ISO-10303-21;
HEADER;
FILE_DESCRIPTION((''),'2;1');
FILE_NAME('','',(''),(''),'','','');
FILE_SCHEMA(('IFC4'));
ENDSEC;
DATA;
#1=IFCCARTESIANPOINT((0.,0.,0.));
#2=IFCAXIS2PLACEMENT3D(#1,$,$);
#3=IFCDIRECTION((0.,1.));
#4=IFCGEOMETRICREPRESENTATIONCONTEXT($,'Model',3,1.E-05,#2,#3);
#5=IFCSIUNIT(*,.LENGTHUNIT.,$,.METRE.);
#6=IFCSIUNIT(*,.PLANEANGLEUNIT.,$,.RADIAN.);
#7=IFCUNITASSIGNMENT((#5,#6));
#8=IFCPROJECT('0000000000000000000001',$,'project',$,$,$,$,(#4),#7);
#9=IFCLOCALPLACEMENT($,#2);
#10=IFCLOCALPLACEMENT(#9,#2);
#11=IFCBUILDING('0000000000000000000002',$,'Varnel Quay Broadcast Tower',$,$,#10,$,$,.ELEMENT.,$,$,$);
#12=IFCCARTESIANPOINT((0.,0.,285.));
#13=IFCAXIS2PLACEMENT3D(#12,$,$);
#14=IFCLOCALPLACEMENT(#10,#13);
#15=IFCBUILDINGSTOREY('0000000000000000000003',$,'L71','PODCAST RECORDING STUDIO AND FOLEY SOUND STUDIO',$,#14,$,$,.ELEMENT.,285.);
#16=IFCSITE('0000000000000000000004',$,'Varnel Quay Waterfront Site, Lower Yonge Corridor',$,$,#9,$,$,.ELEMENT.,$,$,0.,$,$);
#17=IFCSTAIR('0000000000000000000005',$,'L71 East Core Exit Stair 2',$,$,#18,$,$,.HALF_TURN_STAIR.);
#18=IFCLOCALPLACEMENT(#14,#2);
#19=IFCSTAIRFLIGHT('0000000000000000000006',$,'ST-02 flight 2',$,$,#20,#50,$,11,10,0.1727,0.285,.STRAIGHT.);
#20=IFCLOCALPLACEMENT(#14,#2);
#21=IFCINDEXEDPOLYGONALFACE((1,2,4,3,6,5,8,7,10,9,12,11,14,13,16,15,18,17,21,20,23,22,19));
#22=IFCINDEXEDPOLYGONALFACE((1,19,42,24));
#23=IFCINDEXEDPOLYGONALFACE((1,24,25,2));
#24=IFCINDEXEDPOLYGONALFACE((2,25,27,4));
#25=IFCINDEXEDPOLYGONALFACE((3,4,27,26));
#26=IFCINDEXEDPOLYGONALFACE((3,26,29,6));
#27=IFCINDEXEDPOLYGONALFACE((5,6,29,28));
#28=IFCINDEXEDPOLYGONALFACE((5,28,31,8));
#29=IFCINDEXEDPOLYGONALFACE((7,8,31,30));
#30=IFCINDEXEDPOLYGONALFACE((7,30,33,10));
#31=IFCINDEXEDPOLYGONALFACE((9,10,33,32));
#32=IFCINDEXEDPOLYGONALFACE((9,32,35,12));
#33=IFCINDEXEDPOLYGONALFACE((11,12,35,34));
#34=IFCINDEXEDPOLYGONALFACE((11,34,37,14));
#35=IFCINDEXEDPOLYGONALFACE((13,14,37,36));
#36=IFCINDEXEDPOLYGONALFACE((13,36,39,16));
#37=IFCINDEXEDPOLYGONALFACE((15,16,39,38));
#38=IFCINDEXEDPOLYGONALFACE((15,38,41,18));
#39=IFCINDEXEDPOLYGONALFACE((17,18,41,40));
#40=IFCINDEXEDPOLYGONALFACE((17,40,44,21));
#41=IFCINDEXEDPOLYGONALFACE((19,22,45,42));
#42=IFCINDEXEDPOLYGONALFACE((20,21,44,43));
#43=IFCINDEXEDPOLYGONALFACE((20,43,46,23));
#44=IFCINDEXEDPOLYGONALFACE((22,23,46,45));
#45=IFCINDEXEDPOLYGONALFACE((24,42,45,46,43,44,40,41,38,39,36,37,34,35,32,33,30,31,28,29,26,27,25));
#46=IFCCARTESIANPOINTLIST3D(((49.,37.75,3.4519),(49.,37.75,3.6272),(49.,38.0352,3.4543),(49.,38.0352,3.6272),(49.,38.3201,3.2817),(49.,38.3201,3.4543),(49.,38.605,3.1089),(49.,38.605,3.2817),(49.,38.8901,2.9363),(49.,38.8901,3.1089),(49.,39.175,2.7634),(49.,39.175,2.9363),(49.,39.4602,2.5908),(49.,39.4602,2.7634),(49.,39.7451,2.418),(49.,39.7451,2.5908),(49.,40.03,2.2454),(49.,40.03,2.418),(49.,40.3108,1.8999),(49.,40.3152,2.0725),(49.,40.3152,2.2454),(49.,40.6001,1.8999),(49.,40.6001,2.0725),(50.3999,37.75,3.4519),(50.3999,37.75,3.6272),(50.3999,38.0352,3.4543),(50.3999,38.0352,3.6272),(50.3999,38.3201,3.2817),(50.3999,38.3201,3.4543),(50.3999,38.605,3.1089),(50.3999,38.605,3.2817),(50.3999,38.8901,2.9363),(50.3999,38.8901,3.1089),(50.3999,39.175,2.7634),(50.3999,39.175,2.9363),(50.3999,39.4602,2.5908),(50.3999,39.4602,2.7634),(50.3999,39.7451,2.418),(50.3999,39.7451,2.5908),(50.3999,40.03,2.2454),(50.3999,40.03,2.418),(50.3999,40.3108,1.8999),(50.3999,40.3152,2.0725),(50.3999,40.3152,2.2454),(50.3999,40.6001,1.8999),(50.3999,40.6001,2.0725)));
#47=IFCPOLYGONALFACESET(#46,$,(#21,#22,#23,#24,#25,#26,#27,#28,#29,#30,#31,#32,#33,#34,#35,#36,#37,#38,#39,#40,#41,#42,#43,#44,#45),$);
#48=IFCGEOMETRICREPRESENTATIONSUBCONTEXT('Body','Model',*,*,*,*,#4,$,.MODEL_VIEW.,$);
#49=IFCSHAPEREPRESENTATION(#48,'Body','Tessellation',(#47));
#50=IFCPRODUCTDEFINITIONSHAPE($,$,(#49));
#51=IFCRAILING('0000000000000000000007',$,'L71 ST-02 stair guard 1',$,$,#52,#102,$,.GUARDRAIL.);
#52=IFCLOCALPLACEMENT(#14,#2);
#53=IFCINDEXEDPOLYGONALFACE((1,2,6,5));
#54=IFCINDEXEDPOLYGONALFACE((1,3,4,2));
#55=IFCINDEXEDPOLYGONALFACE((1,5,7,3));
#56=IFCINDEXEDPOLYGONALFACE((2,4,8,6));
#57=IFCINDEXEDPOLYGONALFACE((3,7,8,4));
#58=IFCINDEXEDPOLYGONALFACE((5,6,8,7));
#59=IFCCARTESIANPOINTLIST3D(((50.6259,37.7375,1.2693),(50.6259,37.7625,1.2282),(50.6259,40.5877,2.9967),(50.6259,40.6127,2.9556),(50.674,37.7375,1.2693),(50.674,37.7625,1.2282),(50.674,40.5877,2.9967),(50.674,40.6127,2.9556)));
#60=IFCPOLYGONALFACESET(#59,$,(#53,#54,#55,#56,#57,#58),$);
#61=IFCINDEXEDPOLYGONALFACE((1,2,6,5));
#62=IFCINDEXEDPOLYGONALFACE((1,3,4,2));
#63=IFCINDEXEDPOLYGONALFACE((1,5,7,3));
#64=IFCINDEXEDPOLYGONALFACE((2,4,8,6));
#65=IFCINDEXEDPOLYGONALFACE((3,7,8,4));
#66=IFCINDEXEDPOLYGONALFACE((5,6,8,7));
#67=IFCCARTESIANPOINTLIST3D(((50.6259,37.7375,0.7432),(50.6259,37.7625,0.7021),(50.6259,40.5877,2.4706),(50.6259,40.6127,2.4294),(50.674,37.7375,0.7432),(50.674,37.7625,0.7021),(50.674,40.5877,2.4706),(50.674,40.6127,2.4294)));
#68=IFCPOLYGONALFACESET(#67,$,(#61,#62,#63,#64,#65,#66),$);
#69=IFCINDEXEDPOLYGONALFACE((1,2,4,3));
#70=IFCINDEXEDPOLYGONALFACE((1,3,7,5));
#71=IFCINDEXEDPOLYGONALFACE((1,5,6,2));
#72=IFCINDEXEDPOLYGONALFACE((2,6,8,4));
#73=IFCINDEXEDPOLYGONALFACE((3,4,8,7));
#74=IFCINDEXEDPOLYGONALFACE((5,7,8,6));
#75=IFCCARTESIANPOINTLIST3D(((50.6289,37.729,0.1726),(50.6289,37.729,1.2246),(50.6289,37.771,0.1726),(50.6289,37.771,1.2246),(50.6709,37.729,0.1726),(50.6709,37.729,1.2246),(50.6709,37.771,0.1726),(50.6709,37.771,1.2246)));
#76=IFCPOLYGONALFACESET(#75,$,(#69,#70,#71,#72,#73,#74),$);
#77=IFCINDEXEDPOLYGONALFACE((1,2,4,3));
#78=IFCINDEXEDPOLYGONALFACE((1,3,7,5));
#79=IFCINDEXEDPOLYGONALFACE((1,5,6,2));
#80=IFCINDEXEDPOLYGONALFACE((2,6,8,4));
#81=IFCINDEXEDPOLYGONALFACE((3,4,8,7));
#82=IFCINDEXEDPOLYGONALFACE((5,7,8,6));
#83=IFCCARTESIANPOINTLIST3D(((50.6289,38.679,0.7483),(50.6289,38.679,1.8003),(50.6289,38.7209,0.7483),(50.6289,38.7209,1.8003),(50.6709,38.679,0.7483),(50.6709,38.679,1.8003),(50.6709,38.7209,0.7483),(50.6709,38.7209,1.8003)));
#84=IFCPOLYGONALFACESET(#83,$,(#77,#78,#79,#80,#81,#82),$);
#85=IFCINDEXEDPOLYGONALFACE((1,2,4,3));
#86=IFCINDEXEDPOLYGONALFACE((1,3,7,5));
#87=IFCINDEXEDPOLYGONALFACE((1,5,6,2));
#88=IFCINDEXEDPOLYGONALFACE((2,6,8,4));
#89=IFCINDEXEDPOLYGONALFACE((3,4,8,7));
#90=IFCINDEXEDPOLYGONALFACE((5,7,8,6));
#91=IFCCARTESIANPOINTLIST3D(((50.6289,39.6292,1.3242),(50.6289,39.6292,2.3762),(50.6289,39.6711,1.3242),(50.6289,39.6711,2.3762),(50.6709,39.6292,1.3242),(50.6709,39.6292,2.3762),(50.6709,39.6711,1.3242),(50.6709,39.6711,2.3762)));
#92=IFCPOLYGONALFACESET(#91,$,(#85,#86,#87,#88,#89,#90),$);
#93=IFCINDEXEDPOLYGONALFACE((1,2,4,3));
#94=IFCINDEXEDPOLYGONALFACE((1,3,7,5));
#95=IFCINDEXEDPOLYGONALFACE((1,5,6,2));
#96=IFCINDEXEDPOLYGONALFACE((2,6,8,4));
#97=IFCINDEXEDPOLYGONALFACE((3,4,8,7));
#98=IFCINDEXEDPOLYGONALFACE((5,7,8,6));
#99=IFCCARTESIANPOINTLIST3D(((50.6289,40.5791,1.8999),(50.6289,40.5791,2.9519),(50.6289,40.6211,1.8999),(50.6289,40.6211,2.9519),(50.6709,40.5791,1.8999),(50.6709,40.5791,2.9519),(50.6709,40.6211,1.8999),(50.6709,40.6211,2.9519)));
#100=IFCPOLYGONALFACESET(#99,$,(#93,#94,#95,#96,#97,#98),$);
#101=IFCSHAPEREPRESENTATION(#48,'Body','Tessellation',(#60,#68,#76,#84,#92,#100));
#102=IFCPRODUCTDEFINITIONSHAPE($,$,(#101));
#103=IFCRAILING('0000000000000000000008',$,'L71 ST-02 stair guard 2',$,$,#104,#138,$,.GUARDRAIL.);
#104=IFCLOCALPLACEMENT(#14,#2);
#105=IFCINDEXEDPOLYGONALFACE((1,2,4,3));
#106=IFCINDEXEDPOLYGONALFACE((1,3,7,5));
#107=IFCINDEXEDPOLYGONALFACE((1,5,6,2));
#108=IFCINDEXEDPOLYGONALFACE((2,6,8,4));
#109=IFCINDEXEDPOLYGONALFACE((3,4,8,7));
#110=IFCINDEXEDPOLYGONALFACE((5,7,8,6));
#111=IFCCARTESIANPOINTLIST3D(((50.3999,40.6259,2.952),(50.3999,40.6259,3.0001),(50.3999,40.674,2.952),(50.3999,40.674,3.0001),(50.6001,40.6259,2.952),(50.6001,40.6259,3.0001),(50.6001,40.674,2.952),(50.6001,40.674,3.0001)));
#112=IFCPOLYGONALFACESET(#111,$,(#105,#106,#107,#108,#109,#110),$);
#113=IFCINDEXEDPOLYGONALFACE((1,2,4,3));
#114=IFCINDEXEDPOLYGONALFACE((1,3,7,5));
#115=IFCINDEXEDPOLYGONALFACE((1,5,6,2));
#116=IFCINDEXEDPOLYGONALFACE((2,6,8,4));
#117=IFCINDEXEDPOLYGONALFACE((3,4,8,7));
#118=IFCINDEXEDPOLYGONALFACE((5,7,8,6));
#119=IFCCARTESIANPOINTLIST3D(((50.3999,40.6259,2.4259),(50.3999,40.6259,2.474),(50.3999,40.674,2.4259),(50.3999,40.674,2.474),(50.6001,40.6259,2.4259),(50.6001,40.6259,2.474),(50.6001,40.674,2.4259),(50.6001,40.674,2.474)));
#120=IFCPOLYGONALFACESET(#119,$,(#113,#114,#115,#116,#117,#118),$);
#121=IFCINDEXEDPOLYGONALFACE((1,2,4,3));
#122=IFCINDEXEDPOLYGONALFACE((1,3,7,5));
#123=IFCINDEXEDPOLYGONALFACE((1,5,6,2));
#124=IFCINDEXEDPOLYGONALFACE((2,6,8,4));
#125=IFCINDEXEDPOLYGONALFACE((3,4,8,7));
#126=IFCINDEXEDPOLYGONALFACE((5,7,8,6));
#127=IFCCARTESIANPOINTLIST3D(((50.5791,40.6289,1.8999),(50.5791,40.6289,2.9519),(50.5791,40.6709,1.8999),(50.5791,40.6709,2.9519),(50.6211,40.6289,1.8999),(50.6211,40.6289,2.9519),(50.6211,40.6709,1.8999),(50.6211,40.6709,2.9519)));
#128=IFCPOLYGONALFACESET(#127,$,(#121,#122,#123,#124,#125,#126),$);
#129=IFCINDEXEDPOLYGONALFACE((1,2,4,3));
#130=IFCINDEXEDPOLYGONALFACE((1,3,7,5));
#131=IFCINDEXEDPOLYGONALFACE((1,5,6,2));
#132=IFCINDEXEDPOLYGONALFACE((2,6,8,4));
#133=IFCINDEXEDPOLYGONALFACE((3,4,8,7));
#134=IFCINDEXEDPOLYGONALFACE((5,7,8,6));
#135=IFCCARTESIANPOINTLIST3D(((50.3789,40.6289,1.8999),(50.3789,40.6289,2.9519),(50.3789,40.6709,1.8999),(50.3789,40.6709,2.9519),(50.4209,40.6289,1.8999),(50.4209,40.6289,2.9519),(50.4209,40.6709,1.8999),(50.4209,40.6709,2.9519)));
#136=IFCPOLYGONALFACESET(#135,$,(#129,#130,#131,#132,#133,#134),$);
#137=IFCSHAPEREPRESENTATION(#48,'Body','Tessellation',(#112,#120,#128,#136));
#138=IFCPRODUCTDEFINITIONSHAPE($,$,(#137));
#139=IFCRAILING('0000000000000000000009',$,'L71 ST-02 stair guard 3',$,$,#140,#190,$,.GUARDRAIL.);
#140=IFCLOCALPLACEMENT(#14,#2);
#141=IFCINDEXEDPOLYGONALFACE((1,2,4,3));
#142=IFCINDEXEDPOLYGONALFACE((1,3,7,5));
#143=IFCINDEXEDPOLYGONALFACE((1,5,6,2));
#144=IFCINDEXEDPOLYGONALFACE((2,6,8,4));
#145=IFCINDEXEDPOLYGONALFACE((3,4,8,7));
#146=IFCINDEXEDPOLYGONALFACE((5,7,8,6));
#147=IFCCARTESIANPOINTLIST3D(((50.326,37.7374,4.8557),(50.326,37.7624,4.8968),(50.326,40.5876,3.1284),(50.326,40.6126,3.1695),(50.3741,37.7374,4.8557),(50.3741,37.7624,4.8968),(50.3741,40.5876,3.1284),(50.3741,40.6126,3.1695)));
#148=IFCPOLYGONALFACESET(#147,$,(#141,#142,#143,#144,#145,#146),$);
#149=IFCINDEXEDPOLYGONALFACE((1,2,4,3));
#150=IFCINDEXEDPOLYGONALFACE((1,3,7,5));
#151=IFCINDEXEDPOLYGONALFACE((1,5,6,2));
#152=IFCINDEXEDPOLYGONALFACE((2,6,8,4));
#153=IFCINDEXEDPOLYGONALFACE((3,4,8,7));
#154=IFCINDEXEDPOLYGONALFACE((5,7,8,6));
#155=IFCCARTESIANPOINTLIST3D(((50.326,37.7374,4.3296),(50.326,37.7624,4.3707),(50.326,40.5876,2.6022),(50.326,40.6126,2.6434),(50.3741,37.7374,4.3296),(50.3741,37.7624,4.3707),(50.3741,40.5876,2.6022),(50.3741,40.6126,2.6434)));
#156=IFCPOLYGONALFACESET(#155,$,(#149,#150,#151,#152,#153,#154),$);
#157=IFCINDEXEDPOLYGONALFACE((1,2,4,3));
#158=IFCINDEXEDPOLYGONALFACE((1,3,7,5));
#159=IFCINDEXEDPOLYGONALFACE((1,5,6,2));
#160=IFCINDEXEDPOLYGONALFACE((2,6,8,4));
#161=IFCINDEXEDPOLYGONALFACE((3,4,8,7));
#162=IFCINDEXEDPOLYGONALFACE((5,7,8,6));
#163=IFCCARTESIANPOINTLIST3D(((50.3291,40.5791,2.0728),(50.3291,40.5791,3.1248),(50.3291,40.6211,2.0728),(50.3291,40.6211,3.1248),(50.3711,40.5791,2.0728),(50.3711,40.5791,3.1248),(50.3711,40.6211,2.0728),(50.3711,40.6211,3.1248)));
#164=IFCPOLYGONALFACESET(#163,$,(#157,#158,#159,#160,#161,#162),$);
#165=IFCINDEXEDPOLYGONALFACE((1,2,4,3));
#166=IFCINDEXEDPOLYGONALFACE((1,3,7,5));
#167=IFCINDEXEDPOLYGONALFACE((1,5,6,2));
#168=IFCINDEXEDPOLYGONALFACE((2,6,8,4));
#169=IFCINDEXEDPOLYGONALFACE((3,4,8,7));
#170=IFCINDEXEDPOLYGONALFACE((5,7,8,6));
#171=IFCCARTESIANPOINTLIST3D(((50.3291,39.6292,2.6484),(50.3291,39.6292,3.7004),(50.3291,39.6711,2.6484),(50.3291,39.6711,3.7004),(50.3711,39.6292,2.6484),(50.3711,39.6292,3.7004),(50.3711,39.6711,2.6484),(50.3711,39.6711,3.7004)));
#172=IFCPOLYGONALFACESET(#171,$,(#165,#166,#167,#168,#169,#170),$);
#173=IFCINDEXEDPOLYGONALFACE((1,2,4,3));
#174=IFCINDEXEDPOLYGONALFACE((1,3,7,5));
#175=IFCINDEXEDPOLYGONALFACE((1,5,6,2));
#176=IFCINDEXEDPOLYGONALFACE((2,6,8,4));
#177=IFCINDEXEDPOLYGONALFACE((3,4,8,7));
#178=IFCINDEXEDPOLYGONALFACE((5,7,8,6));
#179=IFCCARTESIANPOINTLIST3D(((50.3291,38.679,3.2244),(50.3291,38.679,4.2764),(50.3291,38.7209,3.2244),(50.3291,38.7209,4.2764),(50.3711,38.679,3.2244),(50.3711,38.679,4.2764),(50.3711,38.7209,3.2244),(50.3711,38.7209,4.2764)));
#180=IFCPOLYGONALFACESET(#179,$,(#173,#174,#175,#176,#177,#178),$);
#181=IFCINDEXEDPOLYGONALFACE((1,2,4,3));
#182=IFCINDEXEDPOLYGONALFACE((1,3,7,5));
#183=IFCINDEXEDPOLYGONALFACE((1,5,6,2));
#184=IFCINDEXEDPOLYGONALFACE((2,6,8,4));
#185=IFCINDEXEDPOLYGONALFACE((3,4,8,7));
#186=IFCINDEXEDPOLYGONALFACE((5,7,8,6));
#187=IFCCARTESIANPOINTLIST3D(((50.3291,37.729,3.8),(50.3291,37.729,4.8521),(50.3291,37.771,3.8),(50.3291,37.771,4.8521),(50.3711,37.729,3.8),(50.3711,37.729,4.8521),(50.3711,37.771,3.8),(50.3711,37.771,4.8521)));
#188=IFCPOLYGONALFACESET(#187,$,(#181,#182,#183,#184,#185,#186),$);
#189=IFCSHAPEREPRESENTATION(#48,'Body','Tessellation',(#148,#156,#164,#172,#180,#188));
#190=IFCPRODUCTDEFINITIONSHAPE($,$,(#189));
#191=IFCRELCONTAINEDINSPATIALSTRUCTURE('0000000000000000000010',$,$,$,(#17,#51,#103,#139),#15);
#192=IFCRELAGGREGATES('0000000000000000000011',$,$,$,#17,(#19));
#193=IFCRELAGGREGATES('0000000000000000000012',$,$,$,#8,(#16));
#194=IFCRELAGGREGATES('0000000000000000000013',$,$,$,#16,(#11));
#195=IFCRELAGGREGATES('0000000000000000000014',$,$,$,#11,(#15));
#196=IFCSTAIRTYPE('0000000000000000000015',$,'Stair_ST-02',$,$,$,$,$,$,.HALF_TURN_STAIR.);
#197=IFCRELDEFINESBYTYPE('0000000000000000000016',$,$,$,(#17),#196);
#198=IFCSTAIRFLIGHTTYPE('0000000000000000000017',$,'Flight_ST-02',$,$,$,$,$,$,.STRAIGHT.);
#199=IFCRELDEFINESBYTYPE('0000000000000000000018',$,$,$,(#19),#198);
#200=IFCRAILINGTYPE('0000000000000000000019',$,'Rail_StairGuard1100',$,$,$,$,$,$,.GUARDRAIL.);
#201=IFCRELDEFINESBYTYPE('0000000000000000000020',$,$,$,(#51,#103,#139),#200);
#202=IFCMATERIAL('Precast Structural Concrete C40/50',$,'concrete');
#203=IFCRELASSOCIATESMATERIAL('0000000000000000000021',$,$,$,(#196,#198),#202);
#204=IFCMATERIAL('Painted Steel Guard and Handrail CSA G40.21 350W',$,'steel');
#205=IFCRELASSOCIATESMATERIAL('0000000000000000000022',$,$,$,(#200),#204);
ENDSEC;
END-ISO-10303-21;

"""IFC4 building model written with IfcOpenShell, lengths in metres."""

from ifc_helpers import new_model, si_unit, direction, frame, origin, origin_2d, place, context, subcontext, project, spatial, polyline, rectangle, outline, extrude, material, type_object, element, aggregate, save


model = new_model("IFC4")

# Units and contexts
model_context = context("Model", 3, precision=1e-05, world=origin(), true_north=direction((0.0, 1.0)))
body_context = subcontext(model_context, "Body", "Model", "MODEL_VIEW")
ifc_project = project(units=[si_unit("LENGTHUNIT", "METRE"), si_unit("PLANEANGLEUNIT", "RADIAN")], contexts=[model_context])

# Site, building, storey
site_placement = place(None, origin())
site = spatial("IfcSite", under=ifc_project, at=site_placement, Name="Varnel Quay Waterfront Site, Lower Yonge Corridor", CompositionType="ELEMENT", RefElevation=0.0)
building_placement = place(site_placement, origin())
building = spatial("IfcBuilding", under=site, at=building_placement, Name="Varnel Quay Broadcast Tower", CompositionType="ELEMENT")
storey_placement = place(building_placement, frame((0.0, 0.0, 285.0)))
storey = spatial("IfcBuildingStorey", under=building, at=storey_placement, Name="L71", Description="PODCAST RECORDING STUDIO AND FOLEY SOUND STUDIO", CompositionType="ELEMENT", Elevation=285.0)

# Stair, stair flight
ifc_material_1 = material(Name="Precast Structural Concrete C40/50", Category="concrete")
stair_type = type_object("IfcStairType", Name="Stair_ST-02", PredefinedType="HALF_TURN_STAIR", material=ifc_material_1)
stair_placement = place(storey_placement, origin())
stair = element("IfcStair", 1, at=stair_placement, inside=storey, type_object=stair_type, Name="L71 East Core Exit Stair 2", PredefinedType="HALF_TURN_STAIR")
stair_flight_type = type_object("IfcStairFlightType", Name="Flight_ST-02", PredefinedType="STRAIGHT", material=ifc_material_1)
stair_flight_1_placement = place(storey_placement, frame((49.7, 40.6001, 1.8999), z_axis=(0.0, 0.0, 1.0), x_axis=(0.0, -1.0, 0.0)))
stair_flight_1 = element("IfcStairFlight", 2, at=stair_flight_1_placement, type_object=stair_flight_type, Name="ST-02 flight 2", NumberOfRisers=11, NumberOfTreads=10, PredefinedType="STRAIGHT", RiserHeight=0.1727, TreadLength=0.285, context=body_context, shape_type="SweptSolid", body=[
    extrude(outline(polyline([(0.0, 0.0), (0.0, 0.1726), (0.2849, 0.1726), (0.2849, 0.3455), (0.5701, 0.3455), (0.5701, 0.5181), (0.855, 0.5181), (0.855, 0.6909), (1.1399, 0.6909), (1.1399, 0.8635), (1.425, 0.8635), (1.425, 1.0364), (1.71, 1.0364), (1.71, 1.209), (1.9951, 1.209), (1.9951, 1.3818), (2.28, 1.3818), (2.28, 1.5544), (2.5649, 1.5544), (2.5649, 1.7273), (2.8501, 1.7273), (2.8501, 1.8999), (2.8501, 1.552), (0.2893, 0.0), (0.0, 0.0)])), frame((0.0, 0.7, 0.0), z_axis=(0.0, -1.0, 0.0), x_axis=(1.0, 0.0, 0.0)), (0.0, 0.0, 1.0), 1.3999),
])
aggregate(stair, [stair_flight_1])

# Railings
ifc_material_2 = material(Name="Painted Steel Guard and Handrail CSA G40.21 350W", Category="steel")
railing_type_1 = type_object("IfcRailingType", Name="Rail_StairGuard1100", PredefinedType="GUARDRAIL", material=ifc_material_2)
railing_1_placement = place(storey_placement, frame((50.6499, 37.75, 0.1726)))
element("IfcRailing", 3, at=railing_1_placement, inside=storey, type_object=railing_type_1, Name="L71 ST-02 stair guard 1", PredefinedType="GUARDRAIL", context=body_context, shape_type="SweptSolid", body=[
    extrude(rectangle(XDim=0.0481, YDim=0.0481, at=origin_2d()), frame((0.0, 0.0, 1.0762), z_axis=(0.0, 0.855203, 0.518294), x_axis=(-1.0, 0.0, 0.0)), (0.0, 0.0, 1.0), 3.3328),
    extrude(rectangle(XDim=0.0481, YDim=0.0481, at=origin_2d()), frame((0.0, 0.0, 0.55), z_axis=(0.0, 0.855203, 0.518294), x_axis=(-1.0, 0.0, 0.0)), (0.0, 0.0, 1.0), 3.3328),
    extrude(rectangle(XDim=0.042, YDim=0.042, at=origin_2d()), origin(), (0.0, 0.0, 1.0), 1.052),
    extrude(rectangle(XDim=0.042, YDim=0.042, at=origin_2d()), frame((0.0, 0.95, 0.5757)), (0.0, 0.0, 1.0), 1.052),
    extrude(rectangle(XDim=0.042, YDim=0.042, at=origin_2d()), frame((0.0, 1.9001, 1.1516)), (0.0, 0.0, 1.0), 1.052),
    extrude(rectangle(XDim=0.042, YDim=0.042, at=origin_2d()), frame((0.0, 2.8501, 1.7273)), (0.0, 0.0, 1.0), 1.052),
])
railing_2_placement = place(storey_placement, frame((50.6001, 40.6499, 1.8999)))
element("IfcRailing", 4, at=railing_2_placement, inside=storey, type_object=railing_type_1, Name="L71 ST-02 stair guard 2", PredefinedType="GUARDRAIL", context=body_context, shape_type="SweptSolid", body=[
    extrude(rectangle(XDim=0.0481, YDim=0.0481, at=origin_2d()), frame((0.0, 0.0, 1.0762), z_axis=(-1.0, 0.0, 0.0), x_axis=(0.0, -1.0, 0.0)), (0.0, 0.0, 1.0), 0.2002),
    extrude(rectangle(XDim=0.0481, YDim=0.0481, at=origin_2d()), frame((0.0, 0.0, 0.55), z_axis=(-1.0, 0.0, 0.0), x_axis=(0.0, -1.0, 0.0)), (0.0, 0.0, 1.0), 0.2002),
    extrude(rectangle(XDim=0.042, YDim=0.042, at=origin_2d()), origin(), (0.0, 0.0, 1.0), 1.052),
    extrude(rectangle(XDim=0.042, YDim=0.042, at=origin_2d()), frame((-0.2002, 0.0, 0.0)), (0.0, 0.0, 1.0), 1.052),
])
railing_3_placement = place(storey_placement, frame((50.3501, 40.6001, 2.0728)))
element("IfcRailing", 5, at=railing_3_placement, inside=storey, type_object=railing_type_1, Name="L71 ST-02 stair guard 3", PredefinedType="GUARDRAIL", context=body_context, shape_type="SweptSolid", body=[
    extrude(rectangle(XDim=0.0481, YDim=0.0481, at=origin_2d()), frame((0.0, 0.0, 1.0762), z_axis=(0.0, -0.855203, 0.518294), x_axis=(1.0, 0.0, 0.0)), (0.0, 0.0, 1.0), 3.3328),
    extrude(rectangle(XDim=0.0481, YDim=0.0481, at=origin_2d()), frame((0.0, 0.0, 0.55), z_axis=(0.0, -0.855203, 0.518294), x_axis=(1.0, 0.0, 0.0)), (0.0, 0.0, 1.0), 3.3328),
    extrude(rectangle(XDim=0.042, YDim=0.042, at=origin_2d()), origin(), (0.0, 0.0, 1.0), 1.052),
    extrude(rectangle(XDim=0.042, YDim=0.042, at=origin_2d()), frame((0.0, -0.95, 0.5757)), (0.0, 0.0, 1.0), 1.052),
    extrude(rectangle(XDim=0.042, YDim=0.042, at=origin_2d()), frame((0.0, -1.9001, 1.1516)), (0.0, 0.0, 1.0), 1.052),
    extrude(rectangle(XDim=0.042, YDim=0.042, at=origin_2d()), frame((0.0, -2.8501, 1.7273)), (0.0, 0.0, 1.0), 1.052),
])

save(model, "model.ifc")
